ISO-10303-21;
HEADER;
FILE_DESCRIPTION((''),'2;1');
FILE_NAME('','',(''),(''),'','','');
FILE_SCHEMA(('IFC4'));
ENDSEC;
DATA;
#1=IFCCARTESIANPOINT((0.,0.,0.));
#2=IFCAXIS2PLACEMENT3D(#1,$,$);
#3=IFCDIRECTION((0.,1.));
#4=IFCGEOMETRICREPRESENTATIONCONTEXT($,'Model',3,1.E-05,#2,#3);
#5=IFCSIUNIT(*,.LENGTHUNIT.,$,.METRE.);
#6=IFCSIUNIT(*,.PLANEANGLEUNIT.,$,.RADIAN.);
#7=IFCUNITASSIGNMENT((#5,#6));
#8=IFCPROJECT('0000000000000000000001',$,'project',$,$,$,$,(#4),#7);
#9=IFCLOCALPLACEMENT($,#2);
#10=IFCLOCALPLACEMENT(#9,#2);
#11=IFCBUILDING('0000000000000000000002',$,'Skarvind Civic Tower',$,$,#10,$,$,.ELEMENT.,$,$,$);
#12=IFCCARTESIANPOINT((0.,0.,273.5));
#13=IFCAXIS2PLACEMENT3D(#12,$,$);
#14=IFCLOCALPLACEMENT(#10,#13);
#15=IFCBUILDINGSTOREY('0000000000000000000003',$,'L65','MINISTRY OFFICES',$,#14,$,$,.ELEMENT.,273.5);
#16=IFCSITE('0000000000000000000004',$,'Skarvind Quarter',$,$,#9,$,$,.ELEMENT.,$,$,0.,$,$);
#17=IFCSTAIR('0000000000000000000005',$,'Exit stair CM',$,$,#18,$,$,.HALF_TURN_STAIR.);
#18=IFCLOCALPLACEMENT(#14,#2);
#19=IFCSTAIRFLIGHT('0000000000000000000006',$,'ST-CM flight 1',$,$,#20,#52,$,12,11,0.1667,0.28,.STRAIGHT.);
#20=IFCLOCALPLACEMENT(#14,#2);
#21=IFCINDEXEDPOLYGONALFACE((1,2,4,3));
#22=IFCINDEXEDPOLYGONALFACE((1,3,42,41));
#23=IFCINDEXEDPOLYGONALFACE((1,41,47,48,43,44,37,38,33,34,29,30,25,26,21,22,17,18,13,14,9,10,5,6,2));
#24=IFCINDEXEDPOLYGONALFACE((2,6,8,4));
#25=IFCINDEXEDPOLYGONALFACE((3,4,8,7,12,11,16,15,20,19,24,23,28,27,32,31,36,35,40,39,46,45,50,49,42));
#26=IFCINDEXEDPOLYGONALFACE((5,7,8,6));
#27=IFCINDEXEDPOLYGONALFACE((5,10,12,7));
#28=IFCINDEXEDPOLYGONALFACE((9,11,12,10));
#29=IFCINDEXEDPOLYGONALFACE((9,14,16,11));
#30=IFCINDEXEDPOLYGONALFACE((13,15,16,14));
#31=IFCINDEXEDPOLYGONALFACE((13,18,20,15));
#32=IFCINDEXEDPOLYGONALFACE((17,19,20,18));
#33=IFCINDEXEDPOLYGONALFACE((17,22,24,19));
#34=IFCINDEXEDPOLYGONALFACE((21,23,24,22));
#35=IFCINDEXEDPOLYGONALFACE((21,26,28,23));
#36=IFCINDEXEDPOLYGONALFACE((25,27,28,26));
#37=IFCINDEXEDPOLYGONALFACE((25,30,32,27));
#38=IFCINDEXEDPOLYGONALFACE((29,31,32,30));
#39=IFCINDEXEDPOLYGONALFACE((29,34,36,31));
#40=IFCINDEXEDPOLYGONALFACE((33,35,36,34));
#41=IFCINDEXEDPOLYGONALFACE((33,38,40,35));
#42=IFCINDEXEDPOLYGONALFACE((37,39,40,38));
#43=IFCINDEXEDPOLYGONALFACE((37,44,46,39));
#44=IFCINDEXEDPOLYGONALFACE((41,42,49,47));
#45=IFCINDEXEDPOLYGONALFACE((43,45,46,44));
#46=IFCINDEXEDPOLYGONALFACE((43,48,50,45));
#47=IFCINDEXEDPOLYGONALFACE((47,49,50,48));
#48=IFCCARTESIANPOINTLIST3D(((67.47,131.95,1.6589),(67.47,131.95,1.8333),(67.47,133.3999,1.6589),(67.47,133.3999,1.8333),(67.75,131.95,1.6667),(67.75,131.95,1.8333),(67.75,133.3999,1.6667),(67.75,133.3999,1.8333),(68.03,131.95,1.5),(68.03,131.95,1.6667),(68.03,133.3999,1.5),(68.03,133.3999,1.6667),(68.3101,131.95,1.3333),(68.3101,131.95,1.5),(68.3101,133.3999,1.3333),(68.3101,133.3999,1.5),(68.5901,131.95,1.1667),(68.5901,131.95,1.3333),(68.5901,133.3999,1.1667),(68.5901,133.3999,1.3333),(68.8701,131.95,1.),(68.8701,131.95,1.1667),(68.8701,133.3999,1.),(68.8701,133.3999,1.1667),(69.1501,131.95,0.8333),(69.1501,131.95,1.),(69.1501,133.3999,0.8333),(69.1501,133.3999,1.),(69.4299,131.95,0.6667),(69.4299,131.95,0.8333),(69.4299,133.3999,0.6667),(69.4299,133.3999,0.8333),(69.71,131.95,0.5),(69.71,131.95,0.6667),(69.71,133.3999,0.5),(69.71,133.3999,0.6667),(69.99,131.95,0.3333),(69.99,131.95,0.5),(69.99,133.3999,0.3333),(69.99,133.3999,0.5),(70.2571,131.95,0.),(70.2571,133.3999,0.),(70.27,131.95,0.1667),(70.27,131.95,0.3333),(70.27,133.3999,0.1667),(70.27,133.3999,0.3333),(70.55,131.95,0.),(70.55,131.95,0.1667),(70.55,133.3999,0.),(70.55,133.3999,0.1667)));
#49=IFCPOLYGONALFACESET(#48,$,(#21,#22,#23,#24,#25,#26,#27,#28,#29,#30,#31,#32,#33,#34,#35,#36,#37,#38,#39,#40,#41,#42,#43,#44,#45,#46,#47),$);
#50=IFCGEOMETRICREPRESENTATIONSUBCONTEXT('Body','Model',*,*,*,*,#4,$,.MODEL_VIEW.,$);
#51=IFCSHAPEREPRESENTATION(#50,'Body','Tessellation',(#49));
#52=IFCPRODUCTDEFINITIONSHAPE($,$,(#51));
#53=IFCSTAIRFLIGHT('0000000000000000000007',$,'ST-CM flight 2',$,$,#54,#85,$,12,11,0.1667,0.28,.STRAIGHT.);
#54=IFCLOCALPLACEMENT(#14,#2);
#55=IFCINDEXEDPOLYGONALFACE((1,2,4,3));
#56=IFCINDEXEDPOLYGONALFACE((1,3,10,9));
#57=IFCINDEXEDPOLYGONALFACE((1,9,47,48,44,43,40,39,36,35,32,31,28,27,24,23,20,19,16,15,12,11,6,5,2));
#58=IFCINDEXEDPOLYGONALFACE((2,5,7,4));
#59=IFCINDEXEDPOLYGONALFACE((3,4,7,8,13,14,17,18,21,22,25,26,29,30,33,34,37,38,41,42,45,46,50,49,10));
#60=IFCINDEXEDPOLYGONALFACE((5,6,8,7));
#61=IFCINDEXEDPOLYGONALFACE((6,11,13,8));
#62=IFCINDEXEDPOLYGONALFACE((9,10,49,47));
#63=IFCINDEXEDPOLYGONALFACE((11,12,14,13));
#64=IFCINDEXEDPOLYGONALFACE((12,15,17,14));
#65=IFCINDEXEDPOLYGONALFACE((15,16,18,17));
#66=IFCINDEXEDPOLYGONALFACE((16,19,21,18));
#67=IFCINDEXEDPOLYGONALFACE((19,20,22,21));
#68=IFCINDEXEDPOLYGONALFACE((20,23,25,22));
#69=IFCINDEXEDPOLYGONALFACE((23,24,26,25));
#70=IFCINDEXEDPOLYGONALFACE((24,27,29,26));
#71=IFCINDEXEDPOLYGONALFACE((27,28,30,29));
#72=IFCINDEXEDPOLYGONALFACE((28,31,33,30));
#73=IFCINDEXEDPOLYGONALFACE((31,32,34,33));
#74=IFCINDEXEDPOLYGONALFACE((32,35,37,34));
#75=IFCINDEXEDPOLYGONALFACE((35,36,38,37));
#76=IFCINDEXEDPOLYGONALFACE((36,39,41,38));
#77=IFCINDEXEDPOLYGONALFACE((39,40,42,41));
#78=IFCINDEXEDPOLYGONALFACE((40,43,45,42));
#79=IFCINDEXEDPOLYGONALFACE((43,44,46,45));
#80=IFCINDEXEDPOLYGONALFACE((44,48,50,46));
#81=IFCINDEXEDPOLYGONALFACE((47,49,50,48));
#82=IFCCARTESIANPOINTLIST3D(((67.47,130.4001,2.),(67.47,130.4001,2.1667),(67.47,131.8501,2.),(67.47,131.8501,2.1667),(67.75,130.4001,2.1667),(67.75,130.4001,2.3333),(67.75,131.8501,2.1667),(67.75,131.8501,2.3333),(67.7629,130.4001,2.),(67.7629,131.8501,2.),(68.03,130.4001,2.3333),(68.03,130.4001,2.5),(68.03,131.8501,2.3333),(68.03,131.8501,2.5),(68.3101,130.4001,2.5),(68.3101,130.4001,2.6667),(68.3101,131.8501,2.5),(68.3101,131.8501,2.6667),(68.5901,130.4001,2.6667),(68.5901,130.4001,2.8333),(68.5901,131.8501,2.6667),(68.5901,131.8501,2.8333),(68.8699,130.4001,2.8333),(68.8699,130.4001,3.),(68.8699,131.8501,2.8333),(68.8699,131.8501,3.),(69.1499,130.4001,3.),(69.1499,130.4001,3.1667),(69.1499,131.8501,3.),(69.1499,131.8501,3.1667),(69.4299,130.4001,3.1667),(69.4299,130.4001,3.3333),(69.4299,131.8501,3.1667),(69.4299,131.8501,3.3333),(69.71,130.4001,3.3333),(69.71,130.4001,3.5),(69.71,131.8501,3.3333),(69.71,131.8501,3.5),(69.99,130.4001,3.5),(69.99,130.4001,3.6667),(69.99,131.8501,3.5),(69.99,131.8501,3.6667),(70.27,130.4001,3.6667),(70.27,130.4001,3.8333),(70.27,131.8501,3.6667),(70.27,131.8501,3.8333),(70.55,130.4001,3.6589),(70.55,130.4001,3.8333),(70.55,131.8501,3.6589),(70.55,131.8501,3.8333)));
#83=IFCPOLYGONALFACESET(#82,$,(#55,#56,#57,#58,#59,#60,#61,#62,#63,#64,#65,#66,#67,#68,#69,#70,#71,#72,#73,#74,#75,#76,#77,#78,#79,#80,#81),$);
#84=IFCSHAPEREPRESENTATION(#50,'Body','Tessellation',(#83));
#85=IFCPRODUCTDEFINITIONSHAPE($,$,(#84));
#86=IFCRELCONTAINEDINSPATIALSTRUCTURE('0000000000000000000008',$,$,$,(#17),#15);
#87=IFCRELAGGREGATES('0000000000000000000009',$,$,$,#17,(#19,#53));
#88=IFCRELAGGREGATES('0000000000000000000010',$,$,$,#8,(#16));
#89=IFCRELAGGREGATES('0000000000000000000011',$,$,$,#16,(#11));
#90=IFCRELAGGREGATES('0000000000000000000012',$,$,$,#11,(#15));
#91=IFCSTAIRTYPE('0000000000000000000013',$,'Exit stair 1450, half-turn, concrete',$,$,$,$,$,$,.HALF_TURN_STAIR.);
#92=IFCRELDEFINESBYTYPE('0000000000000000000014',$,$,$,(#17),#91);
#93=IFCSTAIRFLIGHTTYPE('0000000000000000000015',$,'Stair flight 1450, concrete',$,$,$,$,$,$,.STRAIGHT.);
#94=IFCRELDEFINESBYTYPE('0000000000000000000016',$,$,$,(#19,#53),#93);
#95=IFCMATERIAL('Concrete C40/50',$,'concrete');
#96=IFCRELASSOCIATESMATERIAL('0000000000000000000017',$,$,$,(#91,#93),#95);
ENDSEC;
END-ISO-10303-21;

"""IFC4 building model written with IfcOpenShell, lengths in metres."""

from ifc_helpers import new_model, si_unit, direction, frame, origin, place, context, subcontext, project, spatial, polyline, outline, extrude, material, type_object, element, aggregate, save


model = new_model("IFC4")

# Units and contexts
model_context = context("Model", 3, precision=1e-05, world=origin(), true_north=direction((0.0, 1.0)))
body_context = subcontext(model_context, "Body", "Model", "MODEL_VIEW")
ifc_project = project(units=[si_unit("LENGTHUNIT", "METRE"), si_unit("PLANEANGLEUNIT", "RADIAN")], contexts=[model_context])

# Site, building, storey
site_placement = place(None, origin())
site = spatial("IfcSite", under=ifc_project, at=site_placement, Name="Skarvind Quarter", CompositionType="ELEMENT", RefElevation=0.0)
building_placement = place(site_placement, origin())
building = spatial("IfcBuilding", under=site, at=building_placement, Name="Skarvind Civic Tower", CompositionType="ELEMENT")
storey_placement = place(building_placement, frame((0.0, 0.0, 273.5)))
storey = spatial("IfcBuildingStorey", under=building, at=storey_placement, Name="L65", Description="MINISTRY OFFICES", CompositionType="ELEMENT", Elevation=273.5)

# Stair, stair flights
ifc_material_1 = material(Name="Concrete C40/50", Category="concrete")
stair_type = type_object("IfcStairType", Name="Exit stair 1450, half-turn, concrete", PredefinedType="HALF_TURN_STAIR", material=ifc_material_1)
stair_placement = place(storey_placement, origin())
stair = element("IfcStair", 1, at=stair_placement, inside=storey, type_object=stair_type, Name="Exit stair CM", PredefinedType="HALF_TURN_STAIR")
stair_flight_type = type_object("IfcStairFlightType", Name="Stair flight 1450, concrete", PredefinedType="STRAIGHT", material=ifc_material_1)
stair_flight_1_placement = place(storey_placement, frame((70.55, 132.675, 0.0), z_axis=(0.0, 0.0, 1.0), x_axis=(-1.0, 0.0, 0.0)))
stair_flight_1 = element("IfcStairFlight", 2, at=stair_flight_1_placement, type_object=stair_flight_type, Name="ST-CM flight 1", NumberOfRisers=12, NumberOfTreads=11, PredefinedType="STRAIGHT", RiserHeight=0.1667, TreadLength=0.28, context=body_context, shape_type="SweptSolid", body=[
    extrude(outline(polyline([(0.0, 0.0), (0.0, 0.1667), (0.28, 0.1667), (0.28, 0.3333), (0.5601, 0.3333), (0.5601, 0.5), (0.8401, 0.5), (0.8401, 0.6667), (1.1201, 0.6667), (1.1201, 0.8333), (1.3999, 0.8333), (1.3999, 1.0), (1.6799, 1.0), (1.6799, 1.1667), (1.96, 1.1667), (1.96, 1.3333), (2.24, 1.3333), (2.24, 1.5), (2.52, 1.5), (2.52, 1.6667), (2.8, 1.6667), (2.8, 1.8333), (3.0801, 1.8333), (3.0801, 2.0), (3.0801, 1.6589), (0.293, 0.0), (0.0, 0.0)])), frame((0.0, 0.7251, 0.0), z_axis=(0.0, -1.0, 0.0), x_axis=(1.0, 0.0, 0.0)), (0.0, 0.0, 1.0), 1.45),
])
stair_flight_2_placement = place(storey_placement, frame((67.47, 131.125, 2.0), z_axis=(0.0, 0.0, 1.0), x_axis=(1.0, 0.0, 0.0)))
stair_flight_2 = element("IfcStairFlight", 3, at=stair_flight_2_placement, type_object=stair_flight_type, Name="ST-CM flight 2", NumberOfRisers=12, NumberOfTreads=11, PredefinedType="STRAIGHT", RiserHeight=0.1667, TreadLength=0.28, context=body_context, shape_type="SweptSolid", body=[
    extrude(outline(polyline([(0.0, 0.0), (0.0, 0.1667), (0.28, 0.1667), (0.28, 0.3333), (0.5601, 0.3333), (0.5601, 0.5), (0.8401, 0.5), (0.8401, 0.6667), (1.1201, 0.6667), (1.1201, 0.8333), (1.3999, 0.8333), (1.3999, 1.0), (1.6799, 1.0), (1.6799, 1.1667), (1.96, 1.1667), (1.96, 1.3333), (2.24, 1.3333), (2.24, 1.5), (2.52, 1.5), (2.52, 1.6667), (2.8, 1.6667), (2.8, 1.8333), (3.0801, 1.8333), (3.0801, 2.0), (3.0801, 1.6589), (0.293, 0.0), (0.0, 0.0)])), frame((0.0, 0.7251, 0.0), z_axis=(0.0, -1.0, 0.0), x_axis=(1.0, 0.0, 0.0)), (0.0, 0.0, 1.0), 1.45),
])
aggregate(stair, [stair_flight_1, stair_flight_2])

save(model, "model.ifc")
